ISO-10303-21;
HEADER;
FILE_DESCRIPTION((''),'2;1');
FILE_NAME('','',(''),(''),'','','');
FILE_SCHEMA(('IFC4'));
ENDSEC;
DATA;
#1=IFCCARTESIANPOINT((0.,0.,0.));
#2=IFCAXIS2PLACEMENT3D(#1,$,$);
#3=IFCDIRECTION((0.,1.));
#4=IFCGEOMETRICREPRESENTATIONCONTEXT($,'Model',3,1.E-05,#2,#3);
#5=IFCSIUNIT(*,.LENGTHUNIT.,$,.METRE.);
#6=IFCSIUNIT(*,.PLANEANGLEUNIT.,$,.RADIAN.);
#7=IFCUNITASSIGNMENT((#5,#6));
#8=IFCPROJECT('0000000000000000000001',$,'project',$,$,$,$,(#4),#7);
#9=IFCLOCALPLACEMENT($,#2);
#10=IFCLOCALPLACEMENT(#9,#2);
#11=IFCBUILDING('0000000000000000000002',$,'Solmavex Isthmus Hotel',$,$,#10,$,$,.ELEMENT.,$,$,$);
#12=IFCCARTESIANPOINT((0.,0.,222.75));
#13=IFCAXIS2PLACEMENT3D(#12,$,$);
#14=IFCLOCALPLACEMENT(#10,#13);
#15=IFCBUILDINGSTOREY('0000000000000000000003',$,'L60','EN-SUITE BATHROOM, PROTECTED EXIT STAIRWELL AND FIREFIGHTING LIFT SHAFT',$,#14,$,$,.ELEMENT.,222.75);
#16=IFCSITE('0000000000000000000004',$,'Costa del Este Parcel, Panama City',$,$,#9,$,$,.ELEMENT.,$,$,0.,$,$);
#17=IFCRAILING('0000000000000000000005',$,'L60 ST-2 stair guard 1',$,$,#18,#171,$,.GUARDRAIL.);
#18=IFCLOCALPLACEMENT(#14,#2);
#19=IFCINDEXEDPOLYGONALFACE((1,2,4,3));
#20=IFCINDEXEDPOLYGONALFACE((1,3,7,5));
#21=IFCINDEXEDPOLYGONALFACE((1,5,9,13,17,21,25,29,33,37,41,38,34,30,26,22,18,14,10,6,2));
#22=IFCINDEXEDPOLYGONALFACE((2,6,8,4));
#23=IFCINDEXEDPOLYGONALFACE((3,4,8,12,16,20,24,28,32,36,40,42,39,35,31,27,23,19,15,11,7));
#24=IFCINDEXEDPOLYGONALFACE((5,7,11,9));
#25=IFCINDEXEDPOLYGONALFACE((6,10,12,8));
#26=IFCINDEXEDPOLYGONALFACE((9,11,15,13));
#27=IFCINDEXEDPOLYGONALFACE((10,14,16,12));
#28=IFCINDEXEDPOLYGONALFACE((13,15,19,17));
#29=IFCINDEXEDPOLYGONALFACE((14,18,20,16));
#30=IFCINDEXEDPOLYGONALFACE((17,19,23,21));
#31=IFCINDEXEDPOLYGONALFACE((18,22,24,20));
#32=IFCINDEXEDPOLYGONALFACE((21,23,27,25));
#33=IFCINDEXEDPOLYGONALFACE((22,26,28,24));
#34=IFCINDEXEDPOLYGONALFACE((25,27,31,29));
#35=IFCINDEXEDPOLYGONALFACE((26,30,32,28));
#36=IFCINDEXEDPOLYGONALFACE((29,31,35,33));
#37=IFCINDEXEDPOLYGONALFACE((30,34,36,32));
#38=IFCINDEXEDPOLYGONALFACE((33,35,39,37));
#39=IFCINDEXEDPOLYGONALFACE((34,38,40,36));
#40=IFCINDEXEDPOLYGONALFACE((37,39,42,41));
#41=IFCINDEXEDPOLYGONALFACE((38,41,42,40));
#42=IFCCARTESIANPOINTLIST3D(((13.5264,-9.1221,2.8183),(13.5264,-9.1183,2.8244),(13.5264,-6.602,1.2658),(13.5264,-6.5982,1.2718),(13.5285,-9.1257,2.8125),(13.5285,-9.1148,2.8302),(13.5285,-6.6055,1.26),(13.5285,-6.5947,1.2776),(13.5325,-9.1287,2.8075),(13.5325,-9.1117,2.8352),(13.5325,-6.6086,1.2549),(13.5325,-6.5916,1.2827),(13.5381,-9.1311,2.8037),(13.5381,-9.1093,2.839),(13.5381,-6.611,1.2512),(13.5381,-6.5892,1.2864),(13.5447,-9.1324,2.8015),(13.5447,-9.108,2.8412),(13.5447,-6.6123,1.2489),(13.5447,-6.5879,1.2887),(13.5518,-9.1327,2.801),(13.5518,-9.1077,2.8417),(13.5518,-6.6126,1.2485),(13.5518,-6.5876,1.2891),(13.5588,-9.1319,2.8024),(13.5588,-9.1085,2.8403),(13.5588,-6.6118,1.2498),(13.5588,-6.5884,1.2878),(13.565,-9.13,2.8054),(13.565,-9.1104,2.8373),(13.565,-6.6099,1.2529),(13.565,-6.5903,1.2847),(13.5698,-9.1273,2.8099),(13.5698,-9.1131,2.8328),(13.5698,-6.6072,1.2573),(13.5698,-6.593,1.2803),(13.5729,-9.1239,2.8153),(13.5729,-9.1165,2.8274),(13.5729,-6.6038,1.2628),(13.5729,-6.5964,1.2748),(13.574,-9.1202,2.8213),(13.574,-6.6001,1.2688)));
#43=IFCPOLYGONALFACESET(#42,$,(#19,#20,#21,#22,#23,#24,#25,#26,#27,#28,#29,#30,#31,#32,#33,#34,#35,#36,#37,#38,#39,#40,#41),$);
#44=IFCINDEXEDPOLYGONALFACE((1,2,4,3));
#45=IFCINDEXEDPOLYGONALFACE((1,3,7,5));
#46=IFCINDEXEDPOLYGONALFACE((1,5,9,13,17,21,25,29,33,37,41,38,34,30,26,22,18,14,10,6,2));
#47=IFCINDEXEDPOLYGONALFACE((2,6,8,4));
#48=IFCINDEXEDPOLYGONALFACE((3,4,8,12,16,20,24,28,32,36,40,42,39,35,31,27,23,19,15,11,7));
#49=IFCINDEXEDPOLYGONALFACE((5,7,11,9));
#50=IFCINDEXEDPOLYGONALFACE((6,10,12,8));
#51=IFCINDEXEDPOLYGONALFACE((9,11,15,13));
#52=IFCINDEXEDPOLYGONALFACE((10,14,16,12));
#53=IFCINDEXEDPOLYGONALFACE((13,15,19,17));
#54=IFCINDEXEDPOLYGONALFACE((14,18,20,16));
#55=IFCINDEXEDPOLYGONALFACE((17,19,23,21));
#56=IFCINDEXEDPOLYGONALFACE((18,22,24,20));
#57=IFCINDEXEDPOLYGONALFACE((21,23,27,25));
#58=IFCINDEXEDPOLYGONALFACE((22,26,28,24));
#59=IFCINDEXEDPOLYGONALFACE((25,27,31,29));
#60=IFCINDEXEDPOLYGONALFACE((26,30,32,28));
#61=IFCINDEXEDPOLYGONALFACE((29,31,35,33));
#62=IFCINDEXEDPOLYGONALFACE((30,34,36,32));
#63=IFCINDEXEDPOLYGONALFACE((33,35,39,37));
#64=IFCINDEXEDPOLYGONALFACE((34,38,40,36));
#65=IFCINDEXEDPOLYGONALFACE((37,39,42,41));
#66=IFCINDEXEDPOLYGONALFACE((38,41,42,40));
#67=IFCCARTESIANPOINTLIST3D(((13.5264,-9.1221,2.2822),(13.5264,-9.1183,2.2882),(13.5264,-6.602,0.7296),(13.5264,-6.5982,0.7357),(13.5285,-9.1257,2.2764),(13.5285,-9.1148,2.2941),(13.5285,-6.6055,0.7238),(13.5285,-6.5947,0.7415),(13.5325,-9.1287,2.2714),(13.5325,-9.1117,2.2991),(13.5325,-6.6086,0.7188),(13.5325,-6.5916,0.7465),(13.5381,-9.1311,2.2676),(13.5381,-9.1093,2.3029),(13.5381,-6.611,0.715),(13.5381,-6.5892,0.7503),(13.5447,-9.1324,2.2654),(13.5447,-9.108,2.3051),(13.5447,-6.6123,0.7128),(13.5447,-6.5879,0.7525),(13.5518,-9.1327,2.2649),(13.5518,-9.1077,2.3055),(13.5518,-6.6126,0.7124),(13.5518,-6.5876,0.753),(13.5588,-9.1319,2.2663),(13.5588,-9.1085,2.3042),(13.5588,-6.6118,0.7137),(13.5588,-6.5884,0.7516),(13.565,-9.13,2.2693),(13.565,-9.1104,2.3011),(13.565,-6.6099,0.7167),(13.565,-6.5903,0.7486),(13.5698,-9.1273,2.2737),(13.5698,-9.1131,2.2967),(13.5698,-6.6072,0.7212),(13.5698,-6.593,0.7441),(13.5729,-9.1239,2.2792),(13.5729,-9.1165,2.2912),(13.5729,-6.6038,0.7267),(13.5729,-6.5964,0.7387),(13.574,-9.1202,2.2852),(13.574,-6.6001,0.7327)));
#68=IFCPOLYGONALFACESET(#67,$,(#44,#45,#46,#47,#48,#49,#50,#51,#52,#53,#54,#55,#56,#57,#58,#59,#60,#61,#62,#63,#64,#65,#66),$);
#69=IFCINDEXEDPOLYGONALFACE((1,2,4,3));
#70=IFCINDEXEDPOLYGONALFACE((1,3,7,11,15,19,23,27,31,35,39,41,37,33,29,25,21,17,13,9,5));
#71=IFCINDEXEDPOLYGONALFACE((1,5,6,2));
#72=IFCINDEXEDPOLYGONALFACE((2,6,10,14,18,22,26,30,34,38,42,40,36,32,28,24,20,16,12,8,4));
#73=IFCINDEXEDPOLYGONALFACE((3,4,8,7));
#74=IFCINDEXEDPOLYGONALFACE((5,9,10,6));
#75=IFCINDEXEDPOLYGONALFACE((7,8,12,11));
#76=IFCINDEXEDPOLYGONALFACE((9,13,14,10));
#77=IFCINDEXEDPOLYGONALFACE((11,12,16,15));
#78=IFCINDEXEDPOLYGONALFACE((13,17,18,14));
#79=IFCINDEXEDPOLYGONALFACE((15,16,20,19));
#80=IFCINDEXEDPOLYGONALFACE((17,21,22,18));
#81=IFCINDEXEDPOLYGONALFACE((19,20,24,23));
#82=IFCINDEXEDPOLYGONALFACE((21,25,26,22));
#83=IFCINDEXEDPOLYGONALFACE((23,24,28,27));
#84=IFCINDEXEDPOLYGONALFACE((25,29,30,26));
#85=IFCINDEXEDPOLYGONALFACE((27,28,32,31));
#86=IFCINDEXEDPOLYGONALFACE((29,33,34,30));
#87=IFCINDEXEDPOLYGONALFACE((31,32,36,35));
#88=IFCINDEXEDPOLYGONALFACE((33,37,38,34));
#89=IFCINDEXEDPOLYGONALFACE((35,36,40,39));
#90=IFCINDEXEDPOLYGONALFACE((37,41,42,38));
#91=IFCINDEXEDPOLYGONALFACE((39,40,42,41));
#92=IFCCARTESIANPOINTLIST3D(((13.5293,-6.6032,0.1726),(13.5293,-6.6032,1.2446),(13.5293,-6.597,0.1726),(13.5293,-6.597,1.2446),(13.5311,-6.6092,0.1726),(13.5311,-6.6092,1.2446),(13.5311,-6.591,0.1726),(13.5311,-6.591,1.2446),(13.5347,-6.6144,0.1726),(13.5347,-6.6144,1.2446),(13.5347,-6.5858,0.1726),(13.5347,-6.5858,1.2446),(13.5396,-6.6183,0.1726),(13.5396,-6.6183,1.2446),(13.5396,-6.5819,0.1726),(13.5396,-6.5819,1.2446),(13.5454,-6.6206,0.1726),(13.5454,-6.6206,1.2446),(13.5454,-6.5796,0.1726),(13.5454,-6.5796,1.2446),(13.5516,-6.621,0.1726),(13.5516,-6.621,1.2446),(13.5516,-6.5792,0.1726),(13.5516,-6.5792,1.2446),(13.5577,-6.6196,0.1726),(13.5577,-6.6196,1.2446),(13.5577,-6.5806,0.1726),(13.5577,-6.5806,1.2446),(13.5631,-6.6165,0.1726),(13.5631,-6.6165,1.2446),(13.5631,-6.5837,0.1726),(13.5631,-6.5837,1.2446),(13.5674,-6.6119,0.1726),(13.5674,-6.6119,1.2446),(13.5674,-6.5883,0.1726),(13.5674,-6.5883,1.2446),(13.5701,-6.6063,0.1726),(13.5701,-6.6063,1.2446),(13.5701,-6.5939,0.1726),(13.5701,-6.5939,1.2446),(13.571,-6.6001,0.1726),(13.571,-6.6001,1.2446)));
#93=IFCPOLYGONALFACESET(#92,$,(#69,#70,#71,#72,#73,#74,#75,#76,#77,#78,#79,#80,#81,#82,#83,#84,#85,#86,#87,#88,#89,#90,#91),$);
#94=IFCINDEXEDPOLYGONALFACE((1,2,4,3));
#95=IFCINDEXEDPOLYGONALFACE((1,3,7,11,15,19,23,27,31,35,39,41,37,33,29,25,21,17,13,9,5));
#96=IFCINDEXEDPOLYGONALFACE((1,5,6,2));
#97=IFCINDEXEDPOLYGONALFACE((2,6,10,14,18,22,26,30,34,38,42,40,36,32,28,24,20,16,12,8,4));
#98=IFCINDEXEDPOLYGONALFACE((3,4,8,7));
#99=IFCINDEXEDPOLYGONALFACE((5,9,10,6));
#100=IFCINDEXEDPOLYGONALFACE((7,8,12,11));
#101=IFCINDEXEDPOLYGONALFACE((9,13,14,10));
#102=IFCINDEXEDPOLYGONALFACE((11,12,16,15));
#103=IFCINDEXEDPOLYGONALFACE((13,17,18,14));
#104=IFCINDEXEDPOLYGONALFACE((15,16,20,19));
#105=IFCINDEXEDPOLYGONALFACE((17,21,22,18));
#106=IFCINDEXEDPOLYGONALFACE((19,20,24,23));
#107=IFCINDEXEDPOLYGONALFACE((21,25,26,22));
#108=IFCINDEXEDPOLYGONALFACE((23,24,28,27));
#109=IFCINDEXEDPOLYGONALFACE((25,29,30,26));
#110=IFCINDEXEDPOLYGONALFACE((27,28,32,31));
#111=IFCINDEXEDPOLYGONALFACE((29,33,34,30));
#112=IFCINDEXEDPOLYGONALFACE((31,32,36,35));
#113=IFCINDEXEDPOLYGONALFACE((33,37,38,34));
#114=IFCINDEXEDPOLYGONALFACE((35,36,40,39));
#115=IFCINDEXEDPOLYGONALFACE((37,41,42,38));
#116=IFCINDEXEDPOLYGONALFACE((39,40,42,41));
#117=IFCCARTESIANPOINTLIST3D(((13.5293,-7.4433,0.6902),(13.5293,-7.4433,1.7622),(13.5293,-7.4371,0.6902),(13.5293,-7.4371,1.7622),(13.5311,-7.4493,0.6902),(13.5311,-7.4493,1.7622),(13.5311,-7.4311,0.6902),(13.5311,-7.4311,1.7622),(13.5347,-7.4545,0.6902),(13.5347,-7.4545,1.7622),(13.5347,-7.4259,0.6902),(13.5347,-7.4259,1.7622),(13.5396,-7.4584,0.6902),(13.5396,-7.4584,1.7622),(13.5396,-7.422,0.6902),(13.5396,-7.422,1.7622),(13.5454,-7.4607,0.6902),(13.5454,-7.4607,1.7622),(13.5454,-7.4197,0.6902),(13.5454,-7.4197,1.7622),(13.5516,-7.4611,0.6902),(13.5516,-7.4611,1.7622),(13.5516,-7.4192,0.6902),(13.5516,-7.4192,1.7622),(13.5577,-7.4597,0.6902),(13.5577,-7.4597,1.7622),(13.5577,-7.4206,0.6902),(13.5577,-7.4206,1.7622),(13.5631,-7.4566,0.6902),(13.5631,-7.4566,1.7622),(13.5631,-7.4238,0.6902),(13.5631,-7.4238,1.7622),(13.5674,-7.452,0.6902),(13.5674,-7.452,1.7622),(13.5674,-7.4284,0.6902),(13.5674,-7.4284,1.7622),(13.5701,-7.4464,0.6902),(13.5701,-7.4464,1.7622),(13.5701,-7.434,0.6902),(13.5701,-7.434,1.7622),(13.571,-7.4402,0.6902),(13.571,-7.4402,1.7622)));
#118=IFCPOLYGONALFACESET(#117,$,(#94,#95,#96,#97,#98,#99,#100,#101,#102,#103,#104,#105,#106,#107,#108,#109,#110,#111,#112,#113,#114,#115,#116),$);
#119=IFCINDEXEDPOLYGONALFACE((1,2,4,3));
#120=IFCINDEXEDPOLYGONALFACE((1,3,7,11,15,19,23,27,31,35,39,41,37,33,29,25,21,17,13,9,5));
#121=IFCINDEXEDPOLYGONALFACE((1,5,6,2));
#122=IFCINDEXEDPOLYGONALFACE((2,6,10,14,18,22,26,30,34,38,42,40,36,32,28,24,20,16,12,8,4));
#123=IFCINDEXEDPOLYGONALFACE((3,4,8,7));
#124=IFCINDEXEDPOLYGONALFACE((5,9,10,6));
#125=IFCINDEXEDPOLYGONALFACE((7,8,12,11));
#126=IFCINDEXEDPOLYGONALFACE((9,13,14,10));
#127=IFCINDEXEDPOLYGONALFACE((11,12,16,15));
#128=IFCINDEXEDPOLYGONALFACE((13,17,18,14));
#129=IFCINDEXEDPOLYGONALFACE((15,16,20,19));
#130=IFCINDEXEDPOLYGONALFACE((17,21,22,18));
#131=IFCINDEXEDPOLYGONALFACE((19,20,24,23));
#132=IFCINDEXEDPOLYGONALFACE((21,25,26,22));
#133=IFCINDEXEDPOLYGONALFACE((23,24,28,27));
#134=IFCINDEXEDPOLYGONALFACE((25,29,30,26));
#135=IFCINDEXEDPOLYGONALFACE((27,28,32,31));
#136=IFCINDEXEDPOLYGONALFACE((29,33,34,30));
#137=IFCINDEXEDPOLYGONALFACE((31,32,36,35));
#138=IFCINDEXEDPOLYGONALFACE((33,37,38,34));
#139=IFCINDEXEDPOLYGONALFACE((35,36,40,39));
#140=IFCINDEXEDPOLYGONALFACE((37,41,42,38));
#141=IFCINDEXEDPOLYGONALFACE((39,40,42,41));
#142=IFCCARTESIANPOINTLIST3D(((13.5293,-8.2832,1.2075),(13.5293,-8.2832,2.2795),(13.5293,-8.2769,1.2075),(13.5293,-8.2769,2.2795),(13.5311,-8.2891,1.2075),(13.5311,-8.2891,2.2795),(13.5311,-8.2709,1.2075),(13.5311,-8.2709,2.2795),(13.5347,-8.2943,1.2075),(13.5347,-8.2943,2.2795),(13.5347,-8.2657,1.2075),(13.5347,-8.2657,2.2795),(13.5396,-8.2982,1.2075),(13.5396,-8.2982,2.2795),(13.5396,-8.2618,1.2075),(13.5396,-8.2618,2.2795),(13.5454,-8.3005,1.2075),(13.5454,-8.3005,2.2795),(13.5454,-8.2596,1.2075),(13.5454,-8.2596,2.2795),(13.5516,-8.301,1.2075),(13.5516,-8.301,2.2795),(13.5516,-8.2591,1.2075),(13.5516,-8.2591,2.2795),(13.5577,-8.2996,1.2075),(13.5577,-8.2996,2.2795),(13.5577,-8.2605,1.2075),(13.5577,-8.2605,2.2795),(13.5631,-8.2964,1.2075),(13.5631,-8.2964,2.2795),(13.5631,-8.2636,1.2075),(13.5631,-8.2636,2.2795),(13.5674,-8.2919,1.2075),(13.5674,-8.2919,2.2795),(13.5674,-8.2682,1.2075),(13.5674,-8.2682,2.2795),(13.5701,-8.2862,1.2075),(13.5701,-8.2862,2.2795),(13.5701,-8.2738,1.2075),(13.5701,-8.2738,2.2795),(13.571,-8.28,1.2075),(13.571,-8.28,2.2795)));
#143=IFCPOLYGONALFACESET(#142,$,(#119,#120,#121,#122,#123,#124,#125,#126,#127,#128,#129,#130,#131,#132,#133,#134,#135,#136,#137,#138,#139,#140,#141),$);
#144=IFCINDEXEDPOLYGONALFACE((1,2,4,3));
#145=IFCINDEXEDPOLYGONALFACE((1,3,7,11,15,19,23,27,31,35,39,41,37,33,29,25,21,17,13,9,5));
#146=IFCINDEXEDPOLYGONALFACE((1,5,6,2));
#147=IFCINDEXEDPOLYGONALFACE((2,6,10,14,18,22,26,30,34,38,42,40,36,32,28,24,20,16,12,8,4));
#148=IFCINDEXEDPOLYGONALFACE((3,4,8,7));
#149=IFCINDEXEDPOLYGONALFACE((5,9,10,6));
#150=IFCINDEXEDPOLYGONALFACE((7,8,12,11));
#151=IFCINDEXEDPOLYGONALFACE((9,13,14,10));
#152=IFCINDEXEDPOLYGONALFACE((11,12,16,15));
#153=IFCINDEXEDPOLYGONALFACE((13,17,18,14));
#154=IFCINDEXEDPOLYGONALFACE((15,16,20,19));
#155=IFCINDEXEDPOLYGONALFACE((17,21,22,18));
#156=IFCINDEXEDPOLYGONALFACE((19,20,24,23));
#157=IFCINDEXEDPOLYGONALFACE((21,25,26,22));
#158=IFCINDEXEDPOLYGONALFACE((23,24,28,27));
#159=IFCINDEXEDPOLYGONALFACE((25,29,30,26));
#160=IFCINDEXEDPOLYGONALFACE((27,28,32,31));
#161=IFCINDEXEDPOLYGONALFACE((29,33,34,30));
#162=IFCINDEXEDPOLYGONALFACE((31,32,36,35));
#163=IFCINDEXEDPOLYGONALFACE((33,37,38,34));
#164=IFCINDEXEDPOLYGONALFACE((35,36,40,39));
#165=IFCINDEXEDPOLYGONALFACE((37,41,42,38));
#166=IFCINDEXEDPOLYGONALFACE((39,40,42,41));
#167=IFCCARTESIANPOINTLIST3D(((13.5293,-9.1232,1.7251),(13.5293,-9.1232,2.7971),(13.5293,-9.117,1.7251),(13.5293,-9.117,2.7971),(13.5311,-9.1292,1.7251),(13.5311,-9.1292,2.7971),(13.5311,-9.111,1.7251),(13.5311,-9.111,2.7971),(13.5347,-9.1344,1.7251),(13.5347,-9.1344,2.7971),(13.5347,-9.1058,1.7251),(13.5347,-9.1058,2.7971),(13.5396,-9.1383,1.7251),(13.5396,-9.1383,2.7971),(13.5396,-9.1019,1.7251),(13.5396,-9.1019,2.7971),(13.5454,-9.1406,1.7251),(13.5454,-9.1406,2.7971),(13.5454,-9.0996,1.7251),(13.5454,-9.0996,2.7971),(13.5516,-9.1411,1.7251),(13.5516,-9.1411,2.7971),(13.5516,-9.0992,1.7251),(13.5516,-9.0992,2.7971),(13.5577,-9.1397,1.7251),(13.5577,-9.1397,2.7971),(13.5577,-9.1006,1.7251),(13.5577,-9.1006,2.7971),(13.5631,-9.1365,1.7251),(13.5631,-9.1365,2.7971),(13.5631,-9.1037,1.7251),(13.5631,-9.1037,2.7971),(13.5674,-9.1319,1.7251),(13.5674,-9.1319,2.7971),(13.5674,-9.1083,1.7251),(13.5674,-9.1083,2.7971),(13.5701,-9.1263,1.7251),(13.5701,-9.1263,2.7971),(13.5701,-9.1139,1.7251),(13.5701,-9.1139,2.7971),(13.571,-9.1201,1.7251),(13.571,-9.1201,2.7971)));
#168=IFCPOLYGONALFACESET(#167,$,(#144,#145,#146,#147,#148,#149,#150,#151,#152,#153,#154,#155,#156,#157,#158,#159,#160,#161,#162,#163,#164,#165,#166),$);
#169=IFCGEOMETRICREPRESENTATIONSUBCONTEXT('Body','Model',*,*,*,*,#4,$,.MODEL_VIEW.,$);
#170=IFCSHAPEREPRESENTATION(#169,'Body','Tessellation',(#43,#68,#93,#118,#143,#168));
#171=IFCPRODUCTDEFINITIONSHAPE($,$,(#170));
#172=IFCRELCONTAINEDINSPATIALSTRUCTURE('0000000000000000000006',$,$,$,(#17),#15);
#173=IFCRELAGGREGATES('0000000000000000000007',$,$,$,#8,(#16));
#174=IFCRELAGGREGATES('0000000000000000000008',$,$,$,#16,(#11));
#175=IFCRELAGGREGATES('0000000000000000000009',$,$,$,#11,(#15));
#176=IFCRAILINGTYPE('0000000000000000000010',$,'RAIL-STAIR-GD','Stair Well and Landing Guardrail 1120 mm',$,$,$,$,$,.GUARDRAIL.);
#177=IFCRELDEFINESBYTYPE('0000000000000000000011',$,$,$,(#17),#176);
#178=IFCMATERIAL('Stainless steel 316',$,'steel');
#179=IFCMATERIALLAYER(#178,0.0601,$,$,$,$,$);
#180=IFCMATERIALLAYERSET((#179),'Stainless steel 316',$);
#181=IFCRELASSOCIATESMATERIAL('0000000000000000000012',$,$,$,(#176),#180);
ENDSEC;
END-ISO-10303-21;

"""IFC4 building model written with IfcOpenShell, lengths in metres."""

from ifc_helpers import new_model, si_unit, direction, frame, origin, origin_2d, place, context, subcontext, project, spatial, circle, extrude, material, layer, layer_set, type_object, element, save


model = new_model("IFC4")

# Units and contexts
model_context = context("Model", 3, precision=1e-05, world=origin(), true_north=direction((0.0, 1.0)))
body_context = subcontext(model_context, "Body", "Model", "MODEL_VIEW")
ifc_project = project(units=[si_unit("LENGTHUNIT", "METRE"), si_unit("PLANEANGLEUNIT", "RADIAN")], contexts=[model_context])

# Site, building, storey
site_placement = place(None, origin())
site = spatial("IfcSite", under=ifc_project, at=site_placement, Name="Costa del Este Parcel, Panama City", CompositionType="ELEMENT", RefElevation=0.0)
building_placement = place(site_placement, origin())
building = spatial("IfcBuilding", under=site, at=building_placement, Name="Solmavex Isthmus Hotel", CompositionType="ELEMENT")
storey_placement = place(building_placement, frame((0.0, 0.0, 222.75)))
storey = spatial("IfcBuildingStorey", under=building, at=storey_placement, Name="L60", Description="EN-SUITE BATHROOM, PROTECTED EXIT STAIRWELL AND FIREFIGHTING LIFT SHAFT", CompositionType="ELEMENT", Elevation=222.75)

# Railing
ifc_material_1 = material(Name="Stainless steel 316", Category="steel")
ifc_layer_1 = layer(ifc_material_1, 0.0601)
ifc_layer_set_1 = layer_set([ifc_layer_1], Name="Stainless steel 316")
railing_type_1 = type_object("IfcRailingType", Name="RAIL-STAIR-GD", Description="Stair Well and Landing Guardrail 1120 mm", PredefinedType="GUARDRAIL", material=ifc_layer_set_1)
railing_1_placement = place(storey_placement, frame((13.55, -6.6001, 0.1726)))
element("IfcRailing", 1, at=railing_1_placement, inside=storey, type_object=railing_type_1, Name="L60 ST-2 stair guard 1", PredefinedType="GUARDRAIL", context=body_context, shape_type="SweptSolid", body=[
    extrude(circle(Radius=0.0239, at=origin_2d()), frame((0.0, 0.0, 1.0962), z_axis=(0.0, -0.8514, 0.524516), x_axis=(1.0, 0.0, 0.0)), (0.0, 0.0, 1.0), 2.96),
    extrude(circle(Radius=0.0239, at=origin_2d()), frame((0.0, 0.0, 0.5601), z_axis=(0.0, -0.8514, 0.524516), x_axis=(1.0, 0.0, 0.0)), (0.0, 0.0, 1.0), 2.96),
    extrude(circle(Radius=0.021, at=origin_2d()), origin(), (0.0, 0.0, 1.0), 1.072),
    extrude(circle(Radius=0.021, at=origin_2d()), frame((0.0, -0.8401, 0.5176)), (0.0, 0.0, 1.0), 1.072),
    extrude(circle(Radius=0.021, at=origin_2d()), frame((0.0, -1.6799, 1.0349)), (0.0, 0.0, 1.0), 1.072),
    extrude(circle(Radius=0.021, at=origin_2d()), frame((0.0, -2.52, 1.5525)), (0.0, 0.0, 1.0), 1.072),
])

save(model, "model.ifc")
